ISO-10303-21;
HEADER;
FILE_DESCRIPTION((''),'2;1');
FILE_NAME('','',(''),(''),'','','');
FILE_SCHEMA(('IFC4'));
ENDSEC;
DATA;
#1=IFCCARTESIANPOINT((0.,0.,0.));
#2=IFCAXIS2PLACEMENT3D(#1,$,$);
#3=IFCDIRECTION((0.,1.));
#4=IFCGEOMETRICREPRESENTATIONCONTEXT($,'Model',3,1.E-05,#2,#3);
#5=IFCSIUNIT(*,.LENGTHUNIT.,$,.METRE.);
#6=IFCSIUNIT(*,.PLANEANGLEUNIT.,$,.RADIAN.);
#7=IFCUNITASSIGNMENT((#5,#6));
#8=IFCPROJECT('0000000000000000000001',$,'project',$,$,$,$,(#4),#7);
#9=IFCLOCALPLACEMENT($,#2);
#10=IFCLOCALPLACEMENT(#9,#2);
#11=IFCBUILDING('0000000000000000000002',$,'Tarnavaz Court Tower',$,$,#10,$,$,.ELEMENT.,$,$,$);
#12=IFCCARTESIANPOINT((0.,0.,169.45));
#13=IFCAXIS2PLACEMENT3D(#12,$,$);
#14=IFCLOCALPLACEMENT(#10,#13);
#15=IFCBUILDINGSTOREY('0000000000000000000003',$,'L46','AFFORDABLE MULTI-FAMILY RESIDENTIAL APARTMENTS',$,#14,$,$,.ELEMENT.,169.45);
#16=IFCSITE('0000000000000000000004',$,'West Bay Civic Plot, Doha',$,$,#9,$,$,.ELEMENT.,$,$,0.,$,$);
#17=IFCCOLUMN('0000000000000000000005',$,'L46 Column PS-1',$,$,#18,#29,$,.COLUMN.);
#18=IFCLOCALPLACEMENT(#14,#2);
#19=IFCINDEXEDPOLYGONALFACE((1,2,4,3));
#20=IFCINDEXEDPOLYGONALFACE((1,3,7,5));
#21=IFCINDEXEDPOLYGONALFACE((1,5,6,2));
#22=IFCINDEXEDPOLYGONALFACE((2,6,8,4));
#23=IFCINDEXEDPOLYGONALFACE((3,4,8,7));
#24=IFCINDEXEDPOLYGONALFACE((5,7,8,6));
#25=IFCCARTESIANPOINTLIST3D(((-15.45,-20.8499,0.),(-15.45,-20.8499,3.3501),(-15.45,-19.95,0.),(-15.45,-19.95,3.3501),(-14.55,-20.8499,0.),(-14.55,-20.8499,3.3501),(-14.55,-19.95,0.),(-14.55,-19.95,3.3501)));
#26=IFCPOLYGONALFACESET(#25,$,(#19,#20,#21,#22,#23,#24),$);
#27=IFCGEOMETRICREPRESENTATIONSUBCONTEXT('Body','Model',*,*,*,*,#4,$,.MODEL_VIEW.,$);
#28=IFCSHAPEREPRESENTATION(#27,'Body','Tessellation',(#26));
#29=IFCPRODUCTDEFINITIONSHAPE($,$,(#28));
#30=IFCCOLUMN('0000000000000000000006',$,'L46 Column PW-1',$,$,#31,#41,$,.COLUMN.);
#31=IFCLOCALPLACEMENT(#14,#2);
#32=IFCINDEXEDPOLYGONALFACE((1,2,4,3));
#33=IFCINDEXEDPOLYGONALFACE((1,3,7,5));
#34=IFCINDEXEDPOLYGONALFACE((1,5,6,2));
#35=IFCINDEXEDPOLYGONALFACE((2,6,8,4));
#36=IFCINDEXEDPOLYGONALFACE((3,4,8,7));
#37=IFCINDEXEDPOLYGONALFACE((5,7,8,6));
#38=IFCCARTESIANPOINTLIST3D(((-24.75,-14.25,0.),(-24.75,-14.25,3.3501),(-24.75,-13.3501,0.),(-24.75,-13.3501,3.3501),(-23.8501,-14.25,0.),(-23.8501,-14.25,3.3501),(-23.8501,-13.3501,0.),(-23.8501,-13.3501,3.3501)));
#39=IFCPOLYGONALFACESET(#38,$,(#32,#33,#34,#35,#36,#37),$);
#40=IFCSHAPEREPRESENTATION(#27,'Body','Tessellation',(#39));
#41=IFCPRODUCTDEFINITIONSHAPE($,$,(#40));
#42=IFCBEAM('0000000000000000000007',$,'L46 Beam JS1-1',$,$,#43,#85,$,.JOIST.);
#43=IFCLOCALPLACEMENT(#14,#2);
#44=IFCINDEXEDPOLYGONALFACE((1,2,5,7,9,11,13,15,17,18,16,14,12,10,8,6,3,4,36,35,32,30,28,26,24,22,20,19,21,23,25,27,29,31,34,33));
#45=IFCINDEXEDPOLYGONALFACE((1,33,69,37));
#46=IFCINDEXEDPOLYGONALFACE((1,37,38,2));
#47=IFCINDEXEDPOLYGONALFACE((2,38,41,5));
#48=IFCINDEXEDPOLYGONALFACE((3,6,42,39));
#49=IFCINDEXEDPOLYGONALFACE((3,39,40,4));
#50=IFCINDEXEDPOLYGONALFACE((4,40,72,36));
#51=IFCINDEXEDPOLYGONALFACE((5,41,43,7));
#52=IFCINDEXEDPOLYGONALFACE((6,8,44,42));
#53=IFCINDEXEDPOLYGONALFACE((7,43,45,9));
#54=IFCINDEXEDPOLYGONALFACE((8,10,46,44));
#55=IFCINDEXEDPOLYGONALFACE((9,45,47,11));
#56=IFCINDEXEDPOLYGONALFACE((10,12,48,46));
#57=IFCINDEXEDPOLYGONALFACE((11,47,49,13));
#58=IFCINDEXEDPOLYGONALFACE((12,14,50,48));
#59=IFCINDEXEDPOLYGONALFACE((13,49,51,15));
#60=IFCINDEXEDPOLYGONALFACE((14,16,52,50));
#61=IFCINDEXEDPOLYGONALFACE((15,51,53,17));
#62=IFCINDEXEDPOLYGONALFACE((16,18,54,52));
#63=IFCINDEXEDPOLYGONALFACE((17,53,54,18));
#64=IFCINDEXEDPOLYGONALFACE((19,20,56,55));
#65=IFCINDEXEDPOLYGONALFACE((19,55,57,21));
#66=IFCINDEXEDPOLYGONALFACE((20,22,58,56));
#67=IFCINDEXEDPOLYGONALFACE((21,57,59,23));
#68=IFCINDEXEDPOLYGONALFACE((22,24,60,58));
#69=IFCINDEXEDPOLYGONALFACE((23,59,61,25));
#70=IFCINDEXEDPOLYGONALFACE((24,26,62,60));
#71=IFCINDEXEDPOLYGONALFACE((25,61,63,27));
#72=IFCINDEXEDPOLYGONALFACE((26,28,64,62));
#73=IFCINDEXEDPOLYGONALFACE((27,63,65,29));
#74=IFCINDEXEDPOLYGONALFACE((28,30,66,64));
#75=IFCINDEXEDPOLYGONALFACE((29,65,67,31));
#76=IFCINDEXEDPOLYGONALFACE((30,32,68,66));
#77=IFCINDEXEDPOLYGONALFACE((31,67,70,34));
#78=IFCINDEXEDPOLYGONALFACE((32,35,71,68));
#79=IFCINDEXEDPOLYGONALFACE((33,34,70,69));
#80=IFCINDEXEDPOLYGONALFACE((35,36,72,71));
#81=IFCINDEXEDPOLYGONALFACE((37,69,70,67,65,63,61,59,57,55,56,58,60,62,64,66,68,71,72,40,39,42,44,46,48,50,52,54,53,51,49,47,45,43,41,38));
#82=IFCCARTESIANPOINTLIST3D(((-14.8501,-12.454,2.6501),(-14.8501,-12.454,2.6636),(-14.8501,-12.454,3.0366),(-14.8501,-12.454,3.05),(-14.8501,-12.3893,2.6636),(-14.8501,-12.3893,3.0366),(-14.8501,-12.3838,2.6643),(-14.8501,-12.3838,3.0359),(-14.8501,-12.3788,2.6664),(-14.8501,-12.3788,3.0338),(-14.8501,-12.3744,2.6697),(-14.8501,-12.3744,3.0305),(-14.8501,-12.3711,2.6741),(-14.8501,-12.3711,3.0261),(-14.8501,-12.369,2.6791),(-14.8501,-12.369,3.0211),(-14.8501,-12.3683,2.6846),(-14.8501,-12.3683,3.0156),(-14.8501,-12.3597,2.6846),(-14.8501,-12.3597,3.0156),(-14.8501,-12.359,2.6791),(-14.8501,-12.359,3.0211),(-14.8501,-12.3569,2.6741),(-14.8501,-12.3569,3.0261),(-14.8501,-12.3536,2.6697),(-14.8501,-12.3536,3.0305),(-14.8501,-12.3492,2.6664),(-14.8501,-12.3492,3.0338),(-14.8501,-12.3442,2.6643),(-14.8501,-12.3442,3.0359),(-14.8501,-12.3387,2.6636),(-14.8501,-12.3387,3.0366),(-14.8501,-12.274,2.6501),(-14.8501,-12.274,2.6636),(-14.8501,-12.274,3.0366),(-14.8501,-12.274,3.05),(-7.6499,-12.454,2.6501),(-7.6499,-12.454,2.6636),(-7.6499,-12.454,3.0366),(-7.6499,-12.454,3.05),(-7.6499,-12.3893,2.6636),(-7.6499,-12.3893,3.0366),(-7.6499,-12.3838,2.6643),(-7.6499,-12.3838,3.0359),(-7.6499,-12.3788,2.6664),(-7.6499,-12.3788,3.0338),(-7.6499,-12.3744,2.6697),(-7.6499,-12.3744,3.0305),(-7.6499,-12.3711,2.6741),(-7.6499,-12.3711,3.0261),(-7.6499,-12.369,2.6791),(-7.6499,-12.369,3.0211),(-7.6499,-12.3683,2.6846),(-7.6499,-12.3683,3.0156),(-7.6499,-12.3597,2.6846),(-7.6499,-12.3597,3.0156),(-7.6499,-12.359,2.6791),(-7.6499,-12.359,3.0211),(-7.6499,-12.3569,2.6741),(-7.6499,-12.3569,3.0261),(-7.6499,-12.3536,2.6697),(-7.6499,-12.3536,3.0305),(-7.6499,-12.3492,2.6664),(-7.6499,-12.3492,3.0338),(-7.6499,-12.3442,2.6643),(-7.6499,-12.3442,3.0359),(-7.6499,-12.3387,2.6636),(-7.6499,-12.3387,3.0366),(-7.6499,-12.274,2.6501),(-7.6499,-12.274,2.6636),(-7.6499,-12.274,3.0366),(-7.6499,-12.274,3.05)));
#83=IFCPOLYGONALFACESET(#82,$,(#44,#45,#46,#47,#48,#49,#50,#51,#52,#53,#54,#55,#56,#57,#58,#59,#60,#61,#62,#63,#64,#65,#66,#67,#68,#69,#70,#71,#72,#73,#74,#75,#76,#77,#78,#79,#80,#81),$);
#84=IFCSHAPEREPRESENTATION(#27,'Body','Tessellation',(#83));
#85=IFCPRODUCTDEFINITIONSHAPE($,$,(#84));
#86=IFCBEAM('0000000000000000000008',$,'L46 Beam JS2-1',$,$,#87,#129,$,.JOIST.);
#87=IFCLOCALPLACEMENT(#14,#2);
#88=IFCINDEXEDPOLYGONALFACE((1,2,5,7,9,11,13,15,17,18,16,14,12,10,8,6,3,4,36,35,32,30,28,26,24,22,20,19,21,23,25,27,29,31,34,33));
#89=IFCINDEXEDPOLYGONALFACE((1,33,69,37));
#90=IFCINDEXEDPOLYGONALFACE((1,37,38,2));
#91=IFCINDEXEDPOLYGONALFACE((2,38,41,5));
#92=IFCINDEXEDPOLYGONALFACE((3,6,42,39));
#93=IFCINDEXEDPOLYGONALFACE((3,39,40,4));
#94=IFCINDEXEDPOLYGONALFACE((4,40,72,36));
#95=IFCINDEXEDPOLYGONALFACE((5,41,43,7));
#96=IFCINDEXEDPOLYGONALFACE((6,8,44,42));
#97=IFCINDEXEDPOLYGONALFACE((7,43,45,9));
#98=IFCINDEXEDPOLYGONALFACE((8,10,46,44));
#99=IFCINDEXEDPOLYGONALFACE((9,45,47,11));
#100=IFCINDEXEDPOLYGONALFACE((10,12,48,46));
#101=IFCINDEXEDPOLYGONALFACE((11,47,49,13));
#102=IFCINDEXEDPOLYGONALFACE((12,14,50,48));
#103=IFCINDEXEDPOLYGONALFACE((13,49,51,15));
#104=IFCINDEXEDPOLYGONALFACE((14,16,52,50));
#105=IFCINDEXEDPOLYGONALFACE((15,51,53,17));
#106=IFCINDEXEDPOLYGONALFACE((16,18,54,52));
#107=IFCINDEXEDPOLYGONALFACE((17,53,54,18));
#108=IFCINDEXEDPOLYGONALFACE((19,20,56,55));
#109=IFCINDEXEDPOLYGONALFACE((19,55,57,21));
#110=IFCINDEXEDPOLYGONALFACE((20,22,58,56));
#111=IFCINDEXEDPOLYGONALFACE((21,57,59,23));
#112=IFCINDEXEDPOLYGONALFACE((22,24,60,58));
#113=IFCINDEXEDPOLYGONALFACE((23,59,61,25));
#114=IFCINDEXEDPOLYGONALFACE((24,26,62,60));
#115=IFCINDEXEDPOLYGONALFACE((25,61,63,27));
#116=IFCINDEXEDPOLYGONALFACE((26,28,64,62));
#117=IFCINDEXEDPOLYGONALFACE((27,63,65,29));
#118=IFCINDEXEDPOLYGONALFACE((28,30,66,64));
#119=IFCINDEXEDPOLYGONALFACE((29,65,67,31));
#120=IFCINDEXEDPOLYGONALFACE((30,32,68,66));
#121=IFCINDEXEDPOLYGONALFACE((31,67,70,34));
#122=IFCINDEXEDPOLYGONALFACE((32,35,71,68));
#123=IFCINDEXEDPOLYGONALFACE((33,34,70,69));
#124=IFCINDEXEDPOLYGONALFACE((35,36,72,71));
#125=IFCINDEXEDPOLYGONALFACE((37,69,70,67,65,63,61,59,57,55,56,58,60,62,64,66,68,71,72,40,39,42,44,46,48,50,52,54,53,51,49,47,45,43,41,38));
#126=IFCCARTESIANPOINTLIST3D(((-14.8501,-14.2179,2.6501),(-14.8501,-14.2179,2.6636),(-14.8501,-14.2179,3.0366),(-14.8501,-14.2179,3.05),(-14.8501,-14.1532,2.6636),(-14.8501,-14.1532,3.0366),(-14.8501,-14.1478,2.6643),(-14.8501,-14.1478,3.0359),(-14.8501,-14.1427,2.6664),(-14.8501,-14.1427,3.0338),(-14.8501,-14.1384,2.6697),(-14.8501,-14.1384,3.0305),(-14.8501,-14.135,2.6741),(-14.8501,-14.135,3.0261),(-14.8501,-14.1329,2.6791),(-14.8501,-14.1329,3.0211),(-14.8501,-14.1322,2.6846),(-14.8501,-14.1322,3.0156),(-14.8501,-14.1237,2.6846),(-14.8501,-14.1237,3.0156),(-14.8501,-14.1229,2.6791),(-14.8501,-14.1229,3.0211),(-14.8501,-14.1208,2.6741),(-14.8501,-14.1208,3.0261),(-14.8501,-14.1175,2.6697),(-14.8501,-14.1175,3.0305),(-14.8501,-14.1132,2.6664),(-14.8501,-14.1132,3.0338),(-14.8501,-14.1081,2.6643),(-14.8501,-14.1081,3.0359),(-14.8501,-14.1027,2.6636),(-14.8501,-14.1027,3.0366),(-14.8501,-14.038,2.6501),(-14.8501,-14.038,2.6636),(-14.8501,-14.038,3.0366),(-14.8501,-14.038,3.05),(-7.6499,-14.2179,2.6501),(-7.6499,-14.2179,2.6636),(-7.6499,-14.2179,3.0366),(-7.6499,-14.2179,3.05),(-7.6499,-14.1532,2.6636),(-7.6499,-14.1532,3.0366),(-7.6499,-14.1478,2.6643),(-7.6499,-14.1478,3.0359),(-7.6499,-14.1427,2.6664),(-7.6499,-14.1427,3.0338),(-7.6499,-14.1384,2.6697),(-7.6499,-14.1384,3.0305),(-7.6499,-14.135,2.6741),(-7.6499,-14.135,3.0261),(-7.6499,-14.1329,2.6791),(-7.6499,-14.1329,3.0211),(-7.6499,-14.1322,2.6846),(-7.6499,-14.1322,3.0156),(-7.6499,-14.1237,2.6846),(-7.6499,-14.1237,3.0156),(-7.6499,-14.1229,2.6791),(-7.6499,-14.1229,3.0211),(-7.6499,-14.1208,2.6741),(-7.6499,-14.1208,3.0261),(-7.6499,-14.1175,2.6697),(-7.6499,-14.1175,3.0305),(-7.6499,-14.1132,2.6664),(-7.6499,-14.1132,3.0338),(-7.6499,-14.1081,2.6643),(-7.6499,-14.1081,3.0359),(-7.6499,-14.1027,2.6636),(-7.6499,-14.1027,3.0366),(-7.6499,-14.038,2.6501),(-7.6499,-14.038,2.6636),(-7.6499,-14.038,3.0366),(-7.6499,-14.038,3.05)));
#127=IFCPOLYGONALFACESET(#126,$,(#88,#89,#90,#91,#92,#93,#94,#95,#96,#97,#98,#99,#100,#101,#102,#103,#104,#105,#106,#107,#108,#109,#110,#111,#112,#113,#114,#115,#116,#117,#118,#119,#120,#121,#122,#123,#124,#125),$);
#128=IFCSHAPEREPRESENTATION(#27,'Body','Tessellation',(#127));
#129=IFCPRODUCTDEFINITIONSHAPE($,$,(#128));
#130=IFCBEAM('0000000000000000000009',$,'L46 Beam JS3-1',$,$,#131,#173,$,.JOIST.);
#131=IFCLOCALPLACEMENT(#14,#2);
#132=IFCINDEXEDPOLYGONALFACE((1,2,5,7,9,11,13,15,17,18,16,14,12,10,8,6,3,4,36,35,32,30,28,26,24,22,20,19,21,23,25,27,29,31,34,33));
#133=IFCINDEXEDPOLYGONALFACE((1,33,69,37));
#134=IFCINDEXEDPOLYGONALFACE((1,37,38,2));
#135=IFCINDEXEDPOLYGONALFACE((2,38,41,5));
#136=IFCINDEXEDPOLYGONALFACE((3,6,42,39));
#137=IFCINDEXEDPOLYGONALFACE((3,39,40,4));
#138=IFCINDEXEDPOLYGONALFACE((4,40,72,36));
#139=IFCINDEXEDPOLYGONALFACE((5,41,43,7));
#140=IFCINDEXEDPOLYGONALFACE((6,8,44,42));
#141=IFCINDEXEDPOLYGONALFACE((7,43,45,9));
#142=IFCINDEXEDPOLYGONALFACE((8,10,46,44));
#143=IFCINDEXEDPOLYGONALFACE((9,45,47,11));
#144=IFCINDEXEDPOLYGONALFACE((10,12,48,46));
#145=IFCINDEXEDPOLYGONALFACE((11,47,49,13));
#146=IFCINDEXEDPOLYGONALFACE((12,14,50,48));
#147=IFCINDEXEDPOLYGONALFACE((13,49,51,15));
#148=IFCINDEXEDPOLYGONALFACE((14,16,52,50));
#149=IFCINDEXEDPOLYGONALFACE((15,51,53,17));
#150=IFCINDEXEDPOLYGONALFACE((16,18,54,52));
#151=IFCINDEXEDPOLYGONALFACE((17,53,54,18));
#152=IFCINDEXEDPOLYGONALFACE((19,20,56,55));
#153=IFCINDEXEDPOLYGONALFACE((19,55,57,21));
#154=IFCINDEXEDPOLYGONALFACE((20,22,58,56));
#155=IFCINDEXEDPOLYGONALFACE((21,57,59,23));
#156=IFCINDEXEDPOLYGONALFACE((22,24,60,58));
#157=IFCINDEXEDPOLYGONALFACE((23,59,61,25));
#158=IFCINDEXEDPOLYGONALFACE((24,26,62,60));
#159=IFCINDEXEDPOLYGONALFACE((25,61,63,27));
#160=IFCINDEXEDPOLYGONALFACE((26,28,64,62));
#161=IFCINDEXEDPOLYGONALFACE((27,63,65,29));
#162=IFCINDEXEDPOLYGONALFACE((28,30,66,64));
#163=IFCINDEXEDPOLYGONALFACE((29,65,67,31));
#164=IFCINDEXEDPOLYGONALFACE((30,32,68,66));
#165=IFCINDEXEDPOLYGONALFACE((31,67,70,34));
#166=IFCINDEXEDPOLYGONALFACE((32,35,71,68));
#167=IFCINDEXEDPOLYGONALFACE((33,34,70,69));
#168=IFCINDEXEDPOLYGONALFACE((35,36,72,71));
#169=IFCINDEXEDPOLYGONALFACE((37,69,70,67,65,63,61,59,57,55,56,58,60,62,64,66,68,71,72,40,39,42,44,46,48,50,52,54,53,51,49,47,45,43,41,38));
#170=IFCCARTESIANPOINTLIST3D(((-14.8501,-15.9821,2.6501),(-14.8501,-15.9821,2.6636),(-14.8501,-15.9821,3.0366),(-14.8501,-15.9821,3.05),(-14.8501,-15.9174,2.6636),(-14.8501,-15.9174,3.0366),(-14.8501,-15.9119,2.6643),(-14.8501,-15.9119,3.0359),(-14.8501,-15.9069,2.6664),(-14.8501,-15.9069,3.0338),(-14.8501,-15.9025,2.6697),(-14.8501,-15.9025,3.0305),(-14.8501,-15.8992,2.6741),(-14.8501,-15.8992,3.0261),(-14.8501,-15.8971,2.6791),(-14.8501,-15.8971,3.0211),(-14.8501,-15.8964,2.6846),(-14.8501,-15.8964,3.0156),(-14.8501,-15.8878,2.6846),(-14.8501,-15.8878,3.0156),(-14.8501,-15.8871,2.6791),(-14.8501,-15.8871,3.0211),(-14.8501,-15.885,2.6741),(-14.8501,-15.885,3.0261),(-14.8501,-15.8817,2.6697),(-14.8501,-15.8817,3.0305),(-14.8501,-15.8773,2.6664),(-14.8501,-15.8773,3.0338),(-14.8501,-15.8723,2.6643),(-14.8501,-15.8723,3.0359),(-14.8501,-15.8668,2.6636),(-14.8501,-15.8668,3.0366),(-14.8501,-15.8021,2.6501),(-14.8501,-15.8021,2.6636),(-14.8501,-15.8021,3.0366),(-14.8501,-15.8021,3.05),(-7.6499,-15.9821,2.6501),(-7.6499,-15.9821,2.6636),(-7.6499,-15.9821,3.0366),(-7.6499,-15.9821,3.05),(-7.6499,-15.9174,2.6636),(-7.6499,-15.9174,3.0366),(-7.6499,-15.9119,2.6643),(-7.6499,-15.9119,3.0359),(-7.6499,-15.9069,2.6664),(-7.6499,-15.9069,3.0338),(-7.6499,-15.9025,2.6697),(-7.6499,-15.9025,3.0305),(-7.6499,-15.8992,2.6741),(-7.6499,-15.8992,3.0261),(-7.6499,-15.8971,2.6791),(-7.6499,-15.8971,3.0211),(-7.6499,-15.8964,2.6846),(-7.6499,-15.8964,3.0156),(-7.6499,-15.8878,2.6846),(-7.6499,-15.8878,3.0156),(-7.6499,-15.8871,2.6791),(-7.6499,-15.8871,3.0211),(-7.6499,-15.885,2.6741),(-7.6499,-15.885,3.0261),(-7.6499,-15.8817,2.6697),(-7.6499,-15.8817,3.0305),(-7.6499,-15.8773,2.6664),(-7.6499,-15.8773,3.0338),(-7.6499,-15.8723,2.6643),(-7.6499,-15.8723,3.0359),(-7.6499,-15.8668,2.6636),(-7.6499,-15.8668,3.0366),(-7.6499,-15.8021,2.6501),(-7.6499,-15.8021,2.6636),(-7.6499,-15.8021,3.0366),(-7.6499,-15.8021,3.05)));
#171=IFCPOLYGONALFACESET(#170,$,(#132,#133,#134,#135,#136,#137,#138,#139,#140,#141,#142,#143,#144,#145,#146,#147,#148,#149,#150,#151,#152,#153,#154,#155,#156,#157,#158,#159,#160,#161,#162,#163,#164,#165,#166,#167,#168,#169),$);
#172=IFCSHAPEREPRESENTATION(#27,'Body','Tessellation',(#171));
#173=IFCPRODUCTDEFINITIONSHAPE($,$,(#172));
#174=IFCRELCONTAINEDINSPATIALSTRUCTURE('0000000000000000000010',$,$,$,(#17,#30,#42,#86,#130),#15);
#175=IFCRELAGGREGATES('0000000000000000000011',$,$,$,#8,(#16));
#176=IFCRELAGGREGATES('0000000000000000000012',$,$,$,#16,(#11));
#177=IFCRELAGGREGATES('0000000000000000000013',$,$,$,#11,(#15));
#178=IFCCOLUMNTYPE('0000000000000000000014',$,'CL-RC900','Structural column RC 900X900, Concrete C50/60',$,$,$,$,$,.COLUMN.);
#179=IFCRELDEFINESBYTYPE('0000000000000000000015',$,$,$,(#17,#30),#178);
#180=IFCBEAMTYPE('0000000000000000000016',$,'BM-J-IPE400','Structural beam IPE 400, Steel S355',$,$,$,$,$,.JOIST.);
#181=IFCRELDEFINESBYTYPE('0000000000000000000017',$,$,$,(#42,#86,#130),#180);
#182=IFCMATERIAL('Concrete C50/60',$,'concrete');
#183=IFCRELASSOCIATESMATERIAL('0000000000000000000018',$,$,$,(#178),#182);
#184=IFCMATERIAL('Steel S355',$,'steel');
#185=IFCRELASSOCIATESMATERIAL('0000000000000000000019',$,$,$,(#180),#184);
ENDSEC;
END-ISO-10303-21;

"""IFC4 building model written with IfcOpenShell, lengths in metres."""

from ifc_helpers import new_model, si_unit, direction, frame, origin, origin_2d, place, context, subcontext, project, spatial, rectangle, i_section, extrude, material, material_profile, profile_set, type_object, element, save


model = new_model("IFC4")

# Units and contexts
model_context = context("Model", 3, precision=1e-05, world=origin(), true_north=direction((0.0, 1.0)))
body_context = subcontext(model_context, "Body", "Model", "MODEL_VIEW")
ifc_project = project(units=[si_unit("LENGTHUNIT", "METRE"), si_unit("PLANEANGLEUNIT", "RADIAN")], contexts=[model_context])

# Site, building, storey
site_placement = place(None, origin())
site = spatial("IfcSite", under=ifc_project, at=site_placement, Name="West Bay Civic Plot, Doha", CompositionType="ELEMENT", RefElevation=0.0)
building_placement = place(site_placement, origin())
building = spatial("IfcBuilding", under=site, at=building_placement, Name="Tarnavaz Court Tower", CompositionType="ELEMENT")
storey_placement = place(building_placement, frame((0.0, 0.0, 169.45)))
storey = spatial("IfcBuildingStorey", under=building, at=storey_placement, Name="L46", Description="AFFORDABLE MULTI-FAMILY RESIDENTIAL APARTMENTS", CompositionType="ELEMENT", Elevation=169.45)

# Columns
ifc_material_1 = material(Name="Concrete C50/60", Category="concrete")
ifc_material_profile_1 = material_profile(ifc_material_1, rectangle(XDim=0.8999, YDim=0.8999, at=origin_2d()), Name="RC 900X900")
ifc_profile_set_1 = profile_set([ifc_material_profile_1], Name="Concrete C50/60")
column_type = type_object("IfcColumnType", Name="CL-RC900", Description="Structural column RC 900X900, Concrete C50/60", PredefinedType="COLUMN", material=ifc_profile_set_1)
for number, where, z_axis, x_axis, name in (
    (1, (-15.0, -20.3999, 0.0), (0.0, 0.0, 1.0), (1.0, 0.0, 0.0), "L46 Column PS-1"),
    (2, (-24.3, -13.8, 0.0), (0.0, 0.0, 1.0), (1.0, 0.0, 0.0), "L46 Column PW-1"),
):
    element("IfcColumn", number, at=place(storey_placement, frame(where, z_axis=z_axis, x_axis=x_axis)), inside=storey, type_object=column_type, Name=name, PredefinedType="COLUMN", context=body_context, shape_type="SweptSolid", body=[
        extrude(rectangle(XDim=0.8999, YDim=0.8999, at=origin_2d()), origin(), (0.0, 0.0, 1.0), 3.3501),
    ])

# Beams
ifc_material_2 = material(Name="Steel S355", Category="steel")
ifc_material_profile_2 = material_profile(ifc_material_2, i_section(OverallWidth=0.1799, OverallDepth=0.3999, WebThickness=0.0085, FlangeThickness=0.0134, FilletRadius=0.021, at=origin_2d()), Name="IPE 400")
ifc_profile_set_2 = profile_set([ifc_material_profile_2], Name="Steel S355")
beam_type_1 = type_object("IfcBeamType", Name="BM-J-IPE400", Description="Structural beam IPE 400, Steel S355", PredefinedType="JOIST", material=ifc_profile_set_2)
for number, where, z_axis, x_axis, name in (
    (3, (-14.8501, -12.364, 2.8501), (1.0, 0.0, 0.0), (0.0, 1.0, 0.0), "L46 Beam JS1-1"),
    (4, (-14.8501, -14.1279, 2.8501), (1.0, 0.0, 0.0), (0.0, 1.0, 0.0), "L46 Beam JS2-1"),
    (5, (-14.8501, -15.8921, 2.8501), (1.0, 0.0, 0.0), (0.0, 1.0, 0.0), "L46 Beam JS3-1"),
):
    element("IfcBeam", number, at=place(storey_placement, frame(where, z_axis=z_axis, x_axis=x_axis)), inside=storey, type_object=beam_type_1, Name=name, PredefinedType="JOIST", context=body_context, shape_type="SweptSolid", body=[
        extrude(i_section(OverallWidth=0.1799, OverallDepth=0.3999, WebThickness=0.0085, FlangeThickness=0.0134, FilletRadius=0.021, at=origin_2d()), origin(), (0.0, 0.0, 1.0), 7.2002),
    ])

save(model, "model.ifc")
